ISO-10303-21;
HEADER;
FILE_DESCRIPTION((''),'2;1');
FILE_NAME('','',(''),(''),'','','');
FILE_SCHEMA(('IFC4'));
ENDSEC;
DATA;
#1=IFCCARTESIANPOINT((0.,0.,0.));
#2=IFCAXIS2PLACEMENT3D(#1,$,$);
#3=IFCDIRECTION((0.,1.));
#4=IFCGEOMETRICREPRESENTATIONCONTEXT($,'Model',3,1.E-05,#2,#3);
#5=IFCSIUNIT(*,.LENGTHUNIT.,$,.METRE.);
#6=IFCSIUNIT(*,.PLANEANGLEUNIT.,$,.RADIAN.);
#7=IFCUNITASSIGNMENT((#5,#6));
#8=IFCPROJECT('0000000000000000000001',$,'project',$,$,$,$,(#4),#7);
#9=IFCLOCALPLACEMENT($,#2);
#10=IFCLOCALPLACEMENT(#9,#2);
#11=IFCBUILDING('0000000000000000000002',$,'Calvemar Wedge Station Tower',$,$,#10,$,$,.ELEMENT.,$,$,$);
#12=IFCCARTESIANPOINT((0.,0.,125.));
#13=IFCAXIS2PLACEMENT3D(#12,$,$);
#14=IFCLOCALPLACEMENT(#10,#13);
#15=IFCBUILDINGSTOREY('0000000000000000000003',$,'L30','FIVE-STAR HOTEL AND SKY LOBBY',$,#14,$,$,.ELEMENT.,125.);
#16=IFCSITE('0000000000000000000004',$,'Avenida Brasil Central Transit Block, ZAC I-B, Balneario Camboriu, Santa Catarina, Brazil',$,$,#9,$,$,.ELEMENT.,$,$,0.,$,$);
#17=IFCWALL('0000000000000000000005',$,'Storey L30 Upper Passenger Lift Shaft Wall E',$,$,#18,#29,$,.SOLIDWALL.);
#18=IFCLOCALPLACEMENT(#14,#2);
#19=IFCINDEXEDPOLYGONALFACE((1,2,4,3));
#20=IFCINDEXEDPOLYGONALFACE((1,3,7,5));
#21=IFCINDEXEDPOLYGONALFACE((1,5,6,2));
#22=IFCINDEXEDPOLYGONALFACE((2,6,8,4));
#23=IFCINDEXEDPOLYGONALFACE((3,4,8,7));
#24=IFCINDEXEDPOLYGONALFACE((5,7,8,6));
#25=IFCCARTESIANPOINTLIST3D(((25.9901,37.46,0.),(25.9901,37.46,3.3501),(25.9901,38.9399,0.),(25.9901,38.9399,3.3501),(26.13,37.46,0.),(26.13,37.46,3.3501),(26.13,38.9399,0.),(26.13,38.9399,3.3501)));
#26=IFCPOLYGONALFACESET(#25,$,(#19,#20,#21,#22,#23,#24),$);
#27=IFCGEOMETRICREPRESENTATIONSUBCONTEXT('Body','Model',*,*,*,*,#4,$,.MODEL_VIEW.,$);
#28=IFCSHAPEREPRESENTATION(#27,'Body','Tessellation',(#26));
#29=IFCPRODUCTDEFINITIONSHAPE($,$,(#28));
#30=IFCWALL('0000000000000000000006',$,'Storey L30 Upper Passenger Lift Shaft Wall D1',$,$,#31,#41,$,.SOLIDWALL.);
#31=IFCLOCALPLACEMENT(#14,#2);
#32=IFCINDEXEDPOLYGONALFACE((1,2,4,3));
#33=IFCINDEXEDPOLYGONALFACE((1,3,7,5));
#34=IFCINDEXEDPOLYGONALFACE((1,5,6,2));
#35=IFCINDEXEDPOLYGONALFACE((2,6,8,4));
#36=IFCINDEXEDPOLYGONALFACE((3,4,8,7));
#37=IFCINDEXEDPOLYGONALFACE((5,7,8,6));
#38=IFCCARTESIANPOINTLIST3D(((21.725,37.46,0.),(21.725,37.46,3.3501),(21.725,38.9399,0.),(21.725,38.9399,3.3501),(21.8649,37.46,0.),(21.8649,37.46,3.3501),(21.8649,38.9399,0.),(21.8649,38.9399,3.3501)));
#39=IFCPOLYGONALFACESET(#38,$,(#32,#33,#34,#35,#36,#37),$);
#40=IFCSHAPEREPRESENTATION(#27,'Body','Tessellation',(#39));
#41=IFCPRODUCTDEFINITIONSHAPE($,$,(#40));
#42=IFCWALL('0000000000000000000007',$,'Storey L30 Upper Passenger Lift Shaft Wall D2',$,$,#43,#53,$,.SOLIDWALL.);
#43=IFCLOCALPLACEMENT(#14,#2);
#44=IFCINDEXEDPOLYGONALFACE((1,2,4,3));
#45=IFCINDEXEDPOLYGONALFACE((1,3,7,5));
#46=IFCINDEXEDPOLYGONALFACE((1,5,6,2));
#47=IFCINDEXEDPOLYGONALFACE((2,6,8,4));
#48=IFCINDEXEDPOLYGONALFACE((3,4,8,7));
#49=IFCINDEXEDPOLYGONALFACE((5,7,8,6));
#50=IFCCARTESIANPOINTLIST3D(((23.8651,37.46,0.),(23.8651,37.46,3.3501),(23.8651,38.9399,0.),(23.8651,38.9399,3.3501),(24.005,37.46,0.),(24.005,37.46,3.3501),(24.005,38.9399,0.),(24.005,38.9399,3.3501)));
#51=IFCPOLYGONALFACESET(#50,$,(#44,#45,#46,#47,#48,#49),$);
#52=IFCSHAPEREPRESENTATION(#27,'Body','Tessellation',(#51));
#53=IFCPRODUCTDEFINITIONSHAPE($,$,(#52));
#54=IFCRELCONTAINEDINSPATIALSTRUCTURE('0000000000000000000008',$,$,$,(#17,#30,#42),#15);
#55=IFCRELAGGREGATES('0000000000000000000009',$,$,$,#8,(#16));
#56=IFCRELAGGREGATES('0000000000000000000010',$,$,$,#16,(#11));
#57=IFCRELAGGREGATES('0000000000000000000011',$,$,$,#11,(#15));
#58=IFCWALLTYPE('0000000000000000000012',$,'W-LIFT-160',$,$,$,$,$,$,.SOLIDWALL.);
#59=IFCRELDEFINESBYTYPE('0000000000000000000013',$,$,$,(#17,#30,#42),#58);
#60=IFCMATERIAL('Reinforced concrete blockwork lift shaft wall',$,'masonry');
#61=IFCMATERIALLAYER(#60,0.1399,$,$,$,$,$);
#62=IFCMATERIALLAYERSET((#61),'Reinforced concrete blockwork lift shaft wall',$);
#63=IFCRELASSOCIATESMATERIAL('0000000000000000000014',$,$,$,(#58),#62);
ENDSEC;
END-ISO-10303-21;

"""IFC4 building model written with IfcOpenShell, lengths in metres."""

from ifc_helpers import new_model, si_unit, direction, frame, frame_2d, origin, place, context, subcontext, project, spatial, rectangle, extrude, material, layer, layer_set, type_object, element, save


model = new_model("IFC4")

# Units and contexts
model_context = context("Model", 3, precision=1e-05, world=origin(), true_north=direction((0.0, 1.0)))
body_context = subcontext(model_context, "Body", "Model", "MODEL_VIEW")
ifc_project = project(units=[si_unit("LENGTHUNIT", "METRE"), si_unit("PLANEANGLEUNIT", "RADIAN")], contexts=[model_context])

# Site, building, storey
site_placement = place(None, origin())
site = spatial("IfcSite", under=ifc_project, at=site_placement, Name="Avenida Brasil Central Transit Block, ZAC I-B, Balneario Camboriu, Santa Catarina, Brazil", CompositionType="ELEMENT", RefElevation=0.0)
building_placement = place(site_placement, origin())
building = spatial("IfcBuilding", under=site, at=building_placement, Name="Calvemar Wedge Station Tower", CompositionType="ELEMENT")
storey_placement = place(building_placement, frame((0.0, 0.0, 125.0)))
storey = spatial("IfcBuildingStorey", under=building, at=storey_placement, Name="L30", Description="FIVE-STAR HOTEL AND SKY LOBBY", CompositionType="ELEMENT", Elevation=125.0)

# Shared definitions
ifc_material_1 = material(Name="Reinforced concrete blockwork lift shaft wall", Category="masonry")
ifc_layer_1 = layer(ifc_material_1, 0.1399)
ifc_layer_set_1 = layer_set([ifc_layer_1], Name="Reinforced concrete blockwork lift shaft wall")
wall_type_1 = type_object("IfcWallType", Name="W-LIFT-160", PredefinedType="SOLIDWALL", material=ifc_layer_set_1)

# Walls
for number, where, z_axis, x_axis, name in (
    (1, (26.0601, 37.46, 0.0), (0.0, 0.0, 1.0), (0.0, 1.0, 0.0), "Storey L30 Upper Passenger Lift Shaft Wall E"),
    (2, (21.7949, 37.46, 0.0), (0.0, 0.0, 1.0), (0.0, 1.0, 0.0), "Storey L30 Upper Passenger Lift Shaft Wall D1"),
    (3, (23.9351, 37.46, 0.0), (0.0, 0.0, 1.0), (0.0, 1.0, 0.0), "Storey L30 Upper Passenger Lift Shaft Wall D2"),
):
    element("IfcWall", number, at=place(storey_placement, frame(where, z_axis=z_axis, x_axis=x_axis)), inside=storey, type_object=wall_type_1, Name=name, PredefinedType="SOLIDWALL", context=body_context, shape_type="SweptSolid", body=[
        extrude(rectangle(XDim=1.48, YDim=0.1399, at=frame_2d((0.74, 0.0))), origin(), (0.0, 0.0, 1.0), 3.3501),
    ])

save(model, "model.ifc")
